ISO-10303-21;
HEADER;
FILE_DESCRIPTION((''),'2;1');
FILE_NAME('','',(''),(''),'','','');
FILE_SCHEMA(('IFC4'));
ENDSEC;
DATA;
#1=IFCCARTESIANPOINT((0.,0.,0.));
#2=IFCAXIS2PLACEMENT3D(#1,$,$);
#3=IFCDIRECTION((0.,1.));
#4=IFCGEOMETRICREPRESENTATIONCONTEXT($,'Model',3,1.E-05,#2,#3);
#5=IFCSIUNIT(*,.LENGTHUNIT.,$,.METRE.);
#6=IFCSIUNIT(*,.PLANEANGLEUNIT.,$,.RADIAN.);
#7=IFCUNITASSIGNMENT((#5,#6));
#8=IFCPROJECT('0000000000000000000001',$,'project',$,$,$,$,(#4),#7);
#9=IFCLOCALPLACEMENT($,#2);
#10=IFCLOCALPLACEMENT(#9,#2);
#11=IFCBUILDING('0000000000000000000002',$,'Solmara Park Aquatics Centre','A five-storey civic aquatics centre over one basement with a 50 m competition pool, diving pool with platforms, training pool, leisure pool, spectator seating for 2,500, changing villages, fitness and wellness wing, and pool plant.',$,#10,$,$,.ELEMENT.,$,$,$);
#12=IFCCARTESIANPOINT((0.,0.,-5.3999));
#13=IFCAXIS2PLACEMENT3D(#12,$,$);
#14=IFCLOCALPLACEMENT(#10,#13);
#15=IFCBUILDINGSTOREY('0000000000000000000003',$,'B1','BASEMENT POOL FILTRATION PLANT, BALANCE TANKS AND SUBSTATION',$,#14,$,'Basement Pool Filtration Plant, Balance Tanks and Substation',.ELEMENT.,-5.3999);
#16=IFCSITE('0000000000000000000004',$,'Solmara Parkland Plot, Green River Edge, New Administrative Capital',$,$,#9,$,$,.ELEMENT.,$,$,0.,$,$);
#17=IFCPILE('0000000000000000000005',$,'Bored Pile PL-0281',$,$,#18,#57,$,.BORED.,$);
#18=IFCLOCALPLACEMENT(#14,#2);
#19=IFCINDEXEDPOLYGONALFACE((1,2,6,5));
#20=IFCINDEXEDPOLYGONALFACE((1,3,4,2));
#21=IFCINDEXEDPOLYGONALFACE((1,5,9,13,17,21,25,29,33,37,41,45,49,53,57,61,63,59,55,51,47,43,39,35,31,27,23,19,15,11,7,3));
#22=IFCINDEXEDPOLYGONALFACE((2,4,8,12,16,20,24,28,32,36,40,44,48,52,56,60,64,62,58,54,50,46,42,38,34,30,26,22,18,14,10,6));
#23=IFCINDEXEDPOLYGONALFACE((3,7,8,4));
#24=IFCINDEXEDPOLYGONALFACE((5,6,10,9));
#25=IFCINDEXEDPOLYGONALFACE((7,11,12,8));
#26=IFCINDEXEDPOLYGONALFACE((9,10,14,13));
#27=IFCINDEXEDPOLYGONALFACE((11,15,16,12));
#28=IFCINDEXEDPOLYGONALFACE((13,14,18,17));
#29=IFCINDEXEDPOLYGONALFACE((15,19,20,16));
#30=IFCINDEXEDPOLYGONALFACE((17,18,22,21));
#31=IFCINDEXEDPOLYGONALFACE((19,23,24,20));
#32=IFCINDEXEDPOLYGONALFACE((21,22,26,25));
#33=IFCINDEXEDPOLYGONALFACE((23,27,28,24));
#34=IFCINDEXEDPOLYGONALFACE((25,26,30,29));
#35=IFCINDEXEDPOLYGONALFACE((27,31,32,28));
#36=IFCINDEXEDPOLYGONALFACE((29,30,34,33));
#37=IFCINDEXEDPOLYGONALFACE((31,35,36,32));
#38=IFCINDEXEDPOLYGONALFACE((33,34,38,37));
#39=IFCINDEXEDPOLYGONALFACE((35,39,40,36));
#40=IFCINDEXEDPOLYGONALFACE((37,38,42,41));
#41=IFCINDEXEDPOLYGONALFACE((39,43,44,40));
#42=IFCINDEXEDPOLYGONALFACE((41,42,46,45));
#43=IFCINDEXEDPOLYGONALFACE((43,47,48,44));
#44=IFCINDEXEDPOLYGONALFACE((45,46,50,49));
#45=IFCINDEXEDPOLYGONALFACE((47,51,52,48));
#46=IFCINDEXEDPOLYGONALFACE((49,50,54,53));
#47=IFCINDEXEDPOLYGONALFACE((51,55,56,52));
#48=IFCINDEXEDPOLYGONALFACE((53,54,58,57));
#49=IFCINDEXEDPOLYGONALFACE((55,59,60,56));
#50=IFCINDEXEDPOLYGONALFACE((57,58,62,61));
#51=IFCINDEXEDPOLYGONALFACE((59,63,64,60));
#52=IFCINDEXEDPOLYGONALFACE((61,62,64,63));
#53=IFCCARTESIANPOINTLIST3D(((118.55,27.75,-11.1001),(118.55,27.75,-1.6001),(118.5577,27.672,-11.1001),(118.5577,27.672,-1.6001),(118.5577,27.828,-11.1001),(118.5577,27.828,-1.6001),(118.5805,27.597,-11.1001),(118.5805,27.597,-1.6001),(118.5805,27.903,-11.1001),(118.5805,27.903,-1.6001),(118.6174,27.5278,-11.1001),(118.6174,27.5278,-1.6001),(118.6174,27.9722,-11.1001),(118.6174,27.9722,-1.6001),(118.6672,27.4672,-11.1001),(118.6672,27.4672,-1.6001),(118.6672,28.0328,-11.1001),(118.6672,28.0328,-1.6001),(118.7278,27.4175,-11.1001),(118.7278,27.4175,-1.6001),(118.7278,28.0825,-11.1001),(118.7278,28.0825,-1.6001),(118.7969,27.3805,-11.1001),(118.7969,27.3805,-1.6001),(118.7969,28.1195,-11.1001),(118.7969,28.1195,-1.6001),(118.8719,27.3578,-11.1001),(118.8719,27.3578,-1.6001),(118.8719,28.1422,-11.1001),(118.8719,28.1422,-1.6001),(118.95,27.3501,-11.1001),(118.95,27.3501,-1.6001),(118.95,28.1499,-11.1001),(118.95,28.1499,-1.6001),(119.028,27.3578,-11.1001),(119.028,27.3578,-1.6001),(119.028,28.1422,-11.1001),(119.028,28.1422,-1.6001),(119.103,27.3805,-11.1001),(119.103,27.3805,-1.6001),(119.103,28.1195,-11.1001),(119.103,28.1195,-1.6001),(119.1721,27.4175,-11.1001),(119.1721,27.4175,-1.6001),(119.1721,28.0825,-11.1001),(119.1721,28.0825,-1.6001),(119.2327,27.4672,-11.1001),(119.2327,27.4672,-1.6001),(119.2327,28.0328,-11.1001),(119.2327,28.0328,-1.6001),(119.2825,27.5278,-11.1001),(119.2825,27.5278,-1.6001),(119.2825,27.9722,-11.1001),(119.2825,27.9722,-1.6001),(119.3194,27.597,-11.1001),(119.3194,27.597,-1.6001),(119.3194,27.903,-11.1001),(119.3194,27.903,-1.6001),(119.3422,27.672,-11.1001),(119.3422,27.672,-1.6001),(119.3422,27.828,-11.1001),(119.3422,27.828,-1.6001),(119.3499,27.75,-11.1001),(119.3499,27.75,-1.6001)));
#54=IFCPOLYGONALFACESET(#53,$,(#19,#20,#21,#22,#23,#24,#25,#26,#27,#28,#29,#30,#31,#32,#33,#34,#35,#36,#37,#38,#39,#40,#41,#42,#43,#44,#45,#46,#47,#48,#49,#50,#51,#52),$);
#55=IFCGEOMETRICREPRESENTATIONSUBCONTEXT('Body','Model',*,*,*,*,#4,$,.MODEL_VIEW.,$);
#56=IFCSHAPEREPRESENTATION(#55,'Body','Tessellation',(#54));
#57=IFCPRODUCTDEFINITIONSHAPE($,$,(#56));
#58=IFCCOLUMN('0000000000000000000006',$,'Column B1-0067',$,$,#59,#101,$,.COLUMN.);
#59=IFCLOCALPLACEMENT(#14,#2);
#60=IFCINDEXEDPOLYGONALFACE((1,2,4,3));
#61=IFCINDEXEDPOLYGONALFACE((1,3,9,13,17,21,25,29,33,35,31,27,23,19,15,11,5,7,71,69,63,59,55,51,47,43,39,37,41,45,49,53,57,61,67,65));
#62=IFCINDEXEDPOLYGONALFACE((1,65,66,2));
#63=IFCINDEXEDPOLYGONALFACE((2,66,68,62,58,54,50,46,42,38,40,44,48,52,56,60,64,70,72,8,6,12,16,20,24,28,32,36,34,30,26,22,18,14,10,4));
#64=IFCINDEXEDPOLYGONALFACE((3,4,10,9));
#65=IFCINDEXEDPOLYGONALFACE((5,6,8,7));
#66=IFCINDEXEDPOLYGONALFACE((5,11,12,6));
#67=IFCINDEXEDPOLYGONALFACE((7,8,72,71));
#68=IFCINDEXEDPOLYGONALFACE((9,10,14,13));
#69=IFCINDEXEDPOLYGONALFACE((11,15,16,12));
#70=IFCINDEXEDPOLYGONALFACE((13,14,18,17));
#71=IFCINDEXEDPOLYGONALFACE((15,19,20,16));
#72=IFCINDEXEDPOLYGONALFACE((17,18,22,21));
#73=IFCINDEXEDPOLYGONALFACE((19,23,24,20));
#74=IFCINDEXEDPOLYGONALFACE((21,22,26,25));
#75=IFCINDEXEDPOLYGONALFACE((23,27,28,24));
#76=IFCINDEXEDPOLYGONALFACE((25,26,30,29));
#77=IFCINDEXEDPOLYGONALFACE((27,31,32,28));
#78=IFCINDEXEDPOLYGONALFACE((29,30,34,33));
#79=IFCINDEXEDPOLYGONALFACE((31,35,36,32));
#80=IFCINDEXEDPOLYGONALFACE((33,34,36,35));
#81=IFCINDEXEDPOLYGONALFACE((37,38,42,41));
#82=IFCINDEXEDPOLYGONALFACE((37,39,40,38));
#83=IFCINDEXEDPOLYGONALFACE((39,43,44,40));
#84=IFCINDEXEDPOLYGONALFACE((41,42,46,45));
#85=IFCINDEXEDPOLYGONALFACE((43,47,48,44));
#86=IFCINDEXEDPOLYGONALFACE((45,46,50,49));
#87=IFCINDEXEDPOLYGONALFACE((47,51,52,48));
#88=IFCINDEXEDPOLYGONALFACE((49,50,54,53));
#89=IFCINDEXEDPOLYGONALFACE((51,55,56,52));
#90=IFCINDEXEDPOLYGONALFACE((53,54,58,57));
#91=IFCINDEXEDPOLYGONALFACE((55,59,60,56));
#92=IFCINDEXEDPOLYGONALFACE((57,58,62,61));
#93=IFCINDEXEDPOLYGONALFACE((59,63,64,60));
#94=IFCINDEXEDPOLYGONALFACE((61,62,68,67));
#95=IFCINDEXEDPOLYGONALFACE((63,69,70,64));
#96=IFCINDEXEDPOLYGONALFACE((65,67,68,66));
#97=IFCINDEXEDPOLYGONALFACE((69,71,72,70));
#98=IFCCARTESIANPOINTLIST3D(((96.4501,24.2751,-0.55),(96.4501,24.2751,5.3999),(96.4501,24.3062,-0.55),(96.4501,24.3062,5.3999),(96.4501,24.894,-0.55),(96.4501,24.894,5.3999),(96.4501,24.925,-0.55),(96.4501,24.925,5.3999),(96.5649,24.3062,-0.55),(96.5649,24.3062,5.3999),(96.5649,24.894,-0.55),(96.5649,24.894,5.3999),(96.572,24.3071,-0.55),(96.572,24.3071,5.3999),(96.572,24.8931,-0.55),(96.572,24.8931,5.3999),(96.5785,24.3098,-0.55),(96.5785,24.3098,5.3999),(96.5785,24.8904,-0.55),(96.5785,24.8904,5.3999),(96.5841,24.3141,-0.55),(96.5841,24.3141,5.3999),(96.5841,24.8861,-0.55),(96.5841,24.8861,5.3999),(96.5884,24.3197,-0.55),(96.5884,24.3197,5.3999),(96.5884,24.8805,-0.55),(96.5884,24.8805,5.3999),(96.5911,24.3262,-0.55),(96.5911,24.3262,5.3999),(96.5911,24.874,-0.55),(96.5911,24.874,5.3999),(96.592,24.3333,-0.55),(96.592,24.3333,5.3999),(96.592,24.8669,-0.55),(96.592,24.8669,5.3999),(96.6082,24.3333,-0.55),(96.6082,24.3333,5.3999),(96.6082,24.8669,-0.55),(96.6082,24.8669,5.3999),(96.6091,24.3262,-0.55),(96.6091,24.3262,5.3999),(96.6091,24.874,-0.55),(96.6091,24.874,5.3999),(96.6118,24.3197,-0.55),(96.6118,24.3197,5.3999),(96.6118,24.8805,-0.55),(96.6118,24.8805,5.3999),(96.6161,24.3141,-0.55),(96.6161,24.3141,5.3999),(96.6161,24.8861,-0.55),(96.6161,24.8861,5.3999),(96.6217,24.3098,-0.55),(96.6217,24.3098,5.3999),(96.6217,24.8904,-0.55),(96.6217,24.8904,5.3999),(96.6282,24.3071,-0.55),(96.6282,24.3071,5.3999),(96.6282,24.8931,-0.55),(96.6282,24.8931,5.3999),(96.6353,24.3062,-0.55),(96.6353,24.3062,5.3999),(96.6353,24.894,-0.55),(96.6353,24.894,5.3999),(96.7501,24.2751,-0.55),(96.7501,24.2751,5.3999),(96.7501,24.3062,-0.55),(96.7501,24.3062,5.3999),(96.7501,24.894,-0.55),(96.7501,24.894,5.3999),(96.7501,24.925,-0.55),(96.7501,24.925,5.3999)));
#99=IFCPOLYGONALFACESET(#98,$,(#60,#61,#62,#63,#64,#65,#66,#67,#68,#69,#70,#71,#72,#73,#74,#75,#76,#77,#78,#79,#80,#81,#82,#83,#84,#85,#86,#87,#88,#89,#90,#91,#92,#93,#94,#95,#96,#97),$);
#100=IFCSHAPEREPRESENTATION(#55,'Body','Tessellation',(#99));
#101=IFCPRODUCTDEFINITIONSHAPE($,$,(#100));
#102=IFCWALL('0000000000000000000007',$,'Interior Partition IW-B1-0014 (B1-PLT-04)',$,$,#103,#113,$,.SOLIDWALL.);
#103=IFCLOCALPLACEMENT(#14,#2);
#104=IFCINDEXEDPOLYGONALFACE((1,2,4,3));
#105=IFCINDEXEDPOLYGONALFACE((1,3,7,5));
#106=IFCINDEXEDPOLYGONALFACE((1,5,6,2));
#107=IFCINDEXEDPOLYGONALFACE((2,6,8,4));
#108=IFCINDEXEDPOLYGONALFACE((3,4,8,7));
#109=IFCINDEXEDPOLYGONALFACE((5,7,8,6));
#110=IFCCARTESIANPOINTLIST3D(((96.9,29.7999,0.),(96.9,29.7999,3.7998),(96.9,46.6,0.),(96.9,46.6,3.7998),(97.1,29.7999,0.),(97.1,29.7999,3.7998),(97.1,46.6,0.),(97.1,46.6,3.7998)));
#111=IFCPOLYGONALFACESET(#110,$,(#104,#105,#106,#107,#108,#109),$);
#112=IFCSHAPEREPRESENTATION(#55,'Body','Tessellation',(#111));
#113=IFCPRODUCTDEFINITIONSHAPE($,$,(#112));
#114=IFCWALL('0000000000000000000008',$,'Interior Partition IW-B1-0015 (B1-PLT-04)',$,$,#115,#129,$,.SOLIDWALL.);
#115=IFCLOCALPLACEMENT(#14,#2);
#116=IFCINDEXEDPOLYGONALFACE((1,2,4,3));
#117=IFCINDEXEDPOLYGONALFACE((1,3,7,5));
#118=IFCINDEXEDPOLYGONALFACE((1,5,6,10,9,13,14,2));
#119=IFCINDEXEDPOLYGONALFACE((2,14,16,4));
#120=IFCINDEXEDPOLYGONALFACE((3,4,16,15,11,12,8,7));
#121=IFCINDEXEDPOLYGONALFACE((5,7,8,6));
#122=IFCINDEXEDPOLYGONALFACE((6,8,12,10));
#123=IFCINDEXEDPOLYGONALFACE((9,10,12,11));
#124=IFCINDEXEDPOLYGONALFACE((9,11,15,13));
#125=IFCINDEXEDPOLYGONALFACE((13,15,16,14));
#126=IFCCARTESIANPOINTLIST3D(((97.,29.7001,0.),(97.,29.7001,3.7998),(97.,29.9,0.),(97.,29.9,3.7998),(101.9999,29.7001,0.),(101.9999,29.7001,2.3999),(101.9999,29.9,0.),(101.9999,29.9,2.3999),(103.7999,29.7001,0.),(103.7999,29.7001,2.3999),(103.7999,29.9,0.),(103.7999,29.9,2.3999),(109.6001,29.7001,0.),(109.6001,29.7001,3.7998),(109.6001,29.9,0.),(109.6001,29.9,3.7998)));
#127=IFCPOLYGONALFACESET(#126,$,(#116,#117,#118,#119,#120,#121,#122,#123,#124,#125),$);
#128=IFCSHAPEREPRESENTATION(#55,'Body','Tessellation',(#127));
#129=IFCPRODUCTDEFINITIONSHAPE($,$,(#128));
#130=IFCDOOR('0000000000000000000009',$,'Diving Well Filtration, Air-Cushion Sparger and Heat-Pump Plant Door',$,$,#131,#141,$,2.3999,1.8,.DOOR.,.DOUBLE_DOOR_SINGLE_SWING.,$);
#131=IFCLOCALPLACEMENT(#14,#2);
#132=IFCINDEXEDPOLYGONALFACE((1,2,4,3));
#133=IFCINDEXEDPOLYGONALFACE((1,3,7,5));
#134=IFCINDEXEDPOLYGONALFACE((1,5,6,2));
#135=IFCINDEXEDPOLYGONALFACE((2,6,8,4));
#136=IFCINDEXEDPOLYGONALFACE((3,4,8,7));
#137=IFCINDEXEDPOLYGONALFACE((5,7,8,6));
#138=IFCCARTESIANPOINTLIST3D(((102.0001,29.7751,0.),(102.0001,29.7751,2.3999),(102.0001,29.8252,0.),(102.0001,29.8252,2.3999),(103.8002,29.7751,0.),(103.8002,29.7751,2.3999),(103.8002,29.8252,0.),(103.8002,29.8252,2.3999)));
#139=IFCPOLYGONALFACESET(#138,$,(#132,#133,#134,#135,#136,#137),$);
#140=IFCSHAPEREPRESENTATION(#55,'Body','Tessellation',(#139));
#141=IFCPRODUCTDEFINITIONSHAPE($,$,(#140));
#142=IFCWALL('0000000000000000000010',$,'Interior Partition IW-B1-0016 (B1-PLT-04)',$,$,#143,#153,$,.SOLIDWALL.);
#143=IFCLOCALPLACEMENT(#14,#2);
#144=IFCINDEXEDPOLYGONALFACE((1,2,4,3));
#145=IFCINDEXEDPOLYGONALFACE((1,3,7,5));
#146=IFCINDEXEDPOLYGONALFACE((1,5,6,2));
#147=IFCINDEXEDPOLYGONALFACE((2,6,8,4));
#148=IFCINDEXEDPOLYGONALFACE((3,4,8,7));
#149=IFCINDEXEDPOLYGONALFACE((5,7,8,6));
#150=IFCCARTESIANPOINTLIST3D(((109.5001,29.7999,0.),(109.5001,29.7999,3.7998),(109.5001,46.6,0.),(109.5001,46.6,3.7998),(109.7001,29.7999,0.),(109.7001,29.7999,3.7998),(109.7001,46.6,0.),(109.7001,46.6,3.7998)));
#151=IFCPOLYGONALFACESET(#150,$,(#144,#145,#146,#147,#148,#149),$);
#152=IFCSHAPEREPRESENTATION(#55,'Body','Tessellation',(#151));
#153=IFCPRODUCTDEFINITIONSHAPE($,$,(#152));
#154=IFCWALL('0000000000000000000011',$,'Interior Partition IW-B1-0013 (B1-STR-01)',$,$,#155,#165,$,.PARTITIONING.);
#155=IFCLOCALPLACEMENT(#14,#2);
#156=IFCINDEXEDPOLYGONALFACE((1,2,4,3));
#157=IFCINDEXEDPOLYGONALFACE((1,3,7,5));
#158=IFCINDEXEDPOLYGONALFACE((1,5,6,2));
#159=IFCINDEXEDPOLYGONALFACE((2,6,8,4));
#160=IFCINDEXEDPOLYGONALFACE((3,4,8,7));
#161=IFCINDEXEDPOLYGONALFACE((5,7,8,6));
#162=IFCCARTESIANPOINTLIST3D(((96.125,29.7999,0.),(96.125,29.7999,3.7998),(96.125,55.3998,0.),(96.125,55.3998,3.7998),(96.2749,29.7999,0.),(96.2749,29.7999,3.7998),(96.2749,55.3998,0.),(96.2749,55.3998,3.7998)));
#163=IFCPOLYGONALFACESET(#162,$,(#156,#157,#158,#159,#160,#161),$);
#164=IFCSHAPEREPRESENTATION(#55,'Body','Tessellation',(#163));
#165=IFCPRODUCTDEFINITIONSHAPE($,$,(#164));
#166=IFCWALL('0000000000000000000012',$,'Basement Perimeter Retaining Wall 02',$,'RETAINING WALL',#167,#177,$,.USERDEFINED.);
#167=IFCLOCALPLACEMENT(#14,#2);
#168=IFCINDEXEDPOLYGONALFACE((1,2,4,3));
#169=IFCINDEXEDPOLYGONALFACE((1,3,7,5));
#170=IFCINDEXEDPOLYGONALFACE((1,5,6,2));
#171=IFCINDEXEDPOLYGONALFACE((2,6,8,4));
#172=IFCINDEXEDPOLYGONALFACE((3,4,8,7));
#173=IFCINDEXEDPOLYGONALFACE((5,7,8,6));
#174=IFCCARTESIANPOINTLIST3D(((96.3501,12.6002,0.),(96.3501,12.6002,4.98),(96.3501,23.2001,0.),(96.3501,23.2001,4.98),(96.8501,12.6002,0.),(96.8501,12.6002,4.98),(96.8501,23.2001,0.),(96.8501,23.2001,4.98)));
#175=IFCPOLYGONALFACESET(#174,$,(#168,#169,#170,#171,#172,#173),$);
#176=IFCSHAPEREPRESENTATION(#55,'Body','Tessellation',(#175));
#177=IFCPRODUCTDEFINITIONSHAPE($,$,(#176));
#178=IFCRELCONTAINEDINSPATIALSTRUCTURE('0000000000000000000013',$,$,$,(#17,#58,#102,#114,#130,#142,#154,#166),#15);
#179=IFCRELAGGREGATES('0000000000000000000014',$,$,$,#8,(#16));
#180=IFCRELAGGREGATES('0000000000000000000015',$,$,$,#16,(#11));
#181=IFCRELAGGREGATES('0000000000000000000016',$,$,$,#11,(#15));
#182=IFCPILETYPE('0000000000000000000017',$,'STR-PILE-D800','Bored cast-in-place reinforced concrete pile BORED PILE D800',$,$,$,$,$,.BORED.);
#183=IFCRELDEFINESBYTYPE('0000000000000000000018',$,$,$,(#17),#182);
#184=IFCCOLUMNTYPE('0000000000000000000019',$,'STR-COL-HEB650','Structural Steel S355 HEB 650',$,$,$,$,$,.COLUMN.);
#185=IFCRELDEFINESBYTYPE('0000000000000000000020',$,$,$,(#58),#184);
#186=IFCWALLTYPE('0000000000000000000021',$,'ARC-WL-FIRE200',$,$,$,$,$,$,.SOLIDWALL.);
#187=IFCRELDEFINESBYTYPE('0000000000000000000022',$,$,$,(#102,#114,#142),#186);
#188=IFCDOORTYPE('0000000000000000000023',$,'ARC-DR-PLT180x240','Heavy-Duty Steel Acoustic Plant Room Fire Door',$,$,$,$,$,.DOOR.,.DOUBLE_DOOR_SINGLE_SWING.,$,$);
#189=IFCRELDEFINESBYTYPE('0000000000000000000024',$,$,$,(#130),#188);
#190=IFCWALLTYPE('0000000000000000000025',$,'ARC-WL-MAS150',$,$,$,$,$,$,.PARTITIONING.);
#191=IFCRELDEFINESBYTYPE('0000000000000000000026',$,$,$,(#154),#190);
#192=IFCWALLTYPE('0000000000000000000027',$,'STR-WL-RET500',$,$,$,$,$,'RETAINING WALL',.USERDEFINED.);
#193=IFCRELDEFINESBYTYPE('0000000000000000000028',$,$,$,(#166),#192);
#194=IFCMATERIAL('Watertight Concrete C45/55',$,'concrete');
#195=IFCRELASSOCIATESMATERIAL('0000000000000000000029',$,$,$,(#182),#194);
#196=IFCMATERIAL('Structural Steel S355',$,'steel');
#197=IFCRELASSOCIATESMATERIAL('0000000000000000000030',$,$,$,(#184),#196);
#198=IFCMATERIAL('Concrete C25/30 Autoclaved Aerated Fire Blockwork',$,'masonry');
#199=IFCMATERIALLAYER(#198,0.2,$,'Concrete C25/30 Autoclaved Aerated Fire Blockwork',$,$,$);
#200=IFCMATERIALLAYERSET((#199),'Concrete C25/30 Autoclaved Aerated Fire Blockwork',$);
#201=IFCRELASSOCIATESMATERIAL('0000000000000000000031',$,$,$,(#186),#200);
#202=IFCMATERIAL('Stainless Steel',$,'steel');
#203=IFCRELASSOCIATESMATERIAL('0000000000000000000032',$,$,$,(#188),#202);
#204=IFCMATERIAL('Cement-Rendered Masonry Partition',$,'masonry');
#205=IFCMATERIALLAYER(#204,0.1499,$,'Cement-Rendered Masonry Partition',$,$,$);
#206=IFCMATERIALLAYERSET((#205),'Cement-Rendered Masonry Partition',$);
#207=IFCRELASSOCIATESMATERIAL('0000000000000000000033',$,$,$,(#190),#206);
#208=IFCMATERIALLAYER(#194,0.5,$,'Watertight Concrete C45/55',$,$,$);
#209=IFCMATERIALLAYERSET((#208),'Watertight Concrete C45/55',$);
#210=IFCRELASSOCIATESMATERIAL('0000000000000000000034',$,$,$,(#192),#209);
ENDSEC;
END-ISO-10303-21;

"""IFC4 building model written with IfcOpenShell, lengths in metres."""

from ifc_helpers import new_model, si_unit, direction, frame, frame_2d, origin, origin_2d, place, context, subcontext, project, spatial, rectangle, circle, i_section, extrude, material, layer, layer_set, material_profile, profile_set, type_object, element, fill, save


model = new_model("IFC4")

# Units and contexts
model_context = context("Model", 3, precision=1e-05, world=origin(), true_north=direction((0.0, 1.0)))
body_context = subcontext(model_context, "Body", "Model", "MODEL_VIEW")
ifc_project = project(units=[si_unit("LENGTHUNIT", "METRE"), si_unit("PLANEANGLEUNIT", "RADIAN")], contexts=[model_context])

# Site, building, storey
site_placement = place(None, origin())
site = spatial("IfcSite", under=ifc_project, at=site_placement, Name="Solmara Parkland Plot, Green River Edge, New Administrative Capital", CompositionType="ELEMENT", RefElevation=0.0)
building_placement = place(site_placement, origin())
building = spatial("IfcBuilding", under=site, at=building_placement, Name="Solmara Park Aquatics Centre", Description="A five-storey civic aquatics centre over one basement with a 50 m competition pool, diving pool with platforms, training pool, leisure pool, spectator seating for 2,500, changing villages, fitness and wellness wing, and pool plant.", CompositionType="ELEMENT")
storey_placement = place(building_placement, frame((0.0, 0.0, -5.3999)))
storey = spatial("IfcBuildingStorey", under=building, at=storey_placement, Name="B1", Description="BASEMENT POOL FILTRATION PLANT, BALANCE TANKS AND SUBSTATION", LongName="Basement Pool Filtration Plant, Balance Tanks and Substation", CompositionType="ELEMENT", Elevation=-5.3999)

# Shared definitions
ifc_material_1 = material(Name="Watertight Concrete C45/55", Category="concrete")

# Pile
ifc_material_profile_1 = material_profile(ifc_material_1, circle(Radius=0.3999, at=origin_2d()), Name="BORED PILE D800")
ifc_profile_set_1 = profile_set([ifc_material_profile_1], Name="Watertight Concrete C45/55")
pile_type_1 = type_object("IfcPileType", Name="STR-PILE-D800", Description="Bored cast-in-place reinforced concrete pile BORED PILE D800", PredefinedType="BORED", material=ifc_profile_set_1)
pile_1_placement = place(storey_placement, frame((118.95, 27.75, -1.6001), z_axis=(0.0, 0.0, -1.0), x_axis=(1.0, 0.0, 0.0)))
element("IfcPile", 1, at=pile_1_placement, inside=storey, type_object=pile_type_1, Name="Bored Pile PL-0281", PredefinedType="BORED", context=body_context, shape_type="SweptSolid", body=[
    extrude(circle(Radius=0.3999, at=origin_2d()), origin(), (0.0, 0.0, 1.0), 9.5),
])

# Column
ifc_material_2 = material(Name="Structural Steel S355", Category="steel")
ifc_material_profile_2 = material_profile(ifc_material_2, i_section(OverallWidth=0.3, OverallDepth=0.6499, WebThickness=0.0161, FlangeThickness=0.031, FilletRadius=0.0271, at=origin_2d()), Name="HEB 650")
ifc_profile_set_2 = profile_set([ifc_material_profile_2], Name="Structural Steel S355")
column_type = type_object("IfcColumnType", Name="STR-COL-HEB650", Description="Structural Steel S355 HEB 650", PredefinedType="COLUMN", material=ifc_profile_set_2)
column_placement = place(storey_placement, frame((96.6001, 24.6001, -0.55), z_axis=(0.0, 0.0, 1.0), x_axis=(1.0, 0.0, 0.0)))
element("IfcColumn", 2, at=column_placement, inside=storey, type_object=column_type, Name="Column B1-0067", PredefinedType="COLUMN", context=body_context, shape_type="SweptSolid", body=[
    extrude(i_section(OverallWidth=0.3, OverallDepth=0.6499, WebThickness=0.0161, FlangeThickness=0.031, FilletRadius=0.0271, at=origin_2d()), origin(), (0.0, 0.0, 1.0), 5.95),
])

# Wall
ifc_material_3 = material(Name="Concrete C25/30 Autoclaved Aerated Fire Blockwork", Category="masonry")
ifc_layer_1 = layer(ifc_material_3, 0.2, Name="Concrete C25/30 Autoclaved Aerated Fire Blockwork")
ifc_layer_set_1 = layer_set([ifc_layer_1], Name="Concrete C25/30 Autoclaved Aerated Fire Blockwork")
wall_type_1 = type_object("IfcWallType", Name="ARC-WL-FIRE200", PredefinedType="SOLIDWALL", material=ifc_layer_set_1)
wall_1_placement = place(storey_placement, frame((97.0, 29.8, 0.0), z_axis=(0.0, 0.0, 1.0), x_axis=(0.0, 1.0, 0.0)))
element("IfcWall", 3, at=wall_1_placement, inside=storey, type_object=wall_type_1, Name="Interior Partition IW-B1-0014 (B1-PLT-04)", PredefinedType="SOLIDWALL", context=body_context, shape_type="SweptSolid", body=[
    extrude(rectangle(XDim=16.8, YDim=0.2, at=frame_2d((8.3999, 0.0))), origin(), (0.0, 0.0, 1.0), 3.7998),
])

# Wall, opening, door
wall_2_placement = place(storey_placement, frame((97.0, 29.8, 0.0), z_axis=(0.0, 0.0, 1.0), x_axis=(1.0, 0.0, 0.0)))
wall_2 = element("IfcWall", 4, at=wall_2_placement, inside=storey, type_object=wall_type_1, Name="Interior Partition IW-B1-0015 (B1-PLT-04)", PredefinedType="SOLIDWALL", context=body_context, shape_type="SweptSolid", body=[
    extrude(rectangle(XDim=12.6001, YDim=0.2, at=frame_2d((6.3, 0.0))), origin(), (0.0, 0.0, 1.0), 3.7998),
])
opening_placement = place(wall_2_placement, frame((5.0, 0.0, 0.0)))
opening = element("IfcOpeningElement", 5, at=opening_placement, cuts=wall_2, PredefinedType="OPENING", context=body_context, shape_type="SweptSolid", body=[
    extrude(rectangle(XDim=1.8, YDim=2.3999, at=frame_2d((0.8999, 1.2))), frame((0.0, 0.1099, 0.0), z_axis=(0.0, -1.0, 0.0), x_axis=(1.0, 0.0, 0.0)), (0.0, 0.0, 1.0), 0.22),
])
ifc_material_4 = material(Name="Stainless Steel", Category="steel")
door_type = type_object("IfcDoorType", Name="ARC-DR-PLT180x240", Description="Heavy-Duty Steel Acoustic Plant Room Fire Door", OperationType="DOUBLE_DOOR_SINGLE_SWING", PredefinedType="DOOR", material=ifc_material_4)
door_placement = place(opening_placement, frame((1.8, 0.0, 0.0), z_axis=(0.0, 0.0, 1.0), x_axis=(-1.0, 0.0, 0.0)))
door = element("IfcDoor", 6, at=door_placement, inside=storey, type_object=door_type, Name="Diving Well Filtration, Air-Cushion Sparger and Heat-Pump Plant Door", OperationType="DOUBLE_DOOR_SINGLE_SWING", OverallHeight=2.3999, OverallWidth=1.8, PredefinedType="DOOR", context=body_context, shape_type="SweptSolid", body=[
    extrude(rectangle(XDim=1.8, YDim=2.3999, at=frame_2d((0.8999, 1.2))), frame((0.0, 0.0249, 0.0), z_axis=(0.0, -1.0, 0.0), x_axis=(1.0, 0.0, 0.0)), (0.0, 0.0, 1.0), 0.05),
])
fill(opening, door)

# Walls
wall_3_placement = place(storey_placement, frame((109.6001, 29.8, 0.0), z_axis=(0.0, 0.0, 1.0), x_axis=(0.0, 1.0, 0.0)))
element("IfcWall", 7, at=wall_3_placement, inside=storey, type_object=wall_type_1, Name="Interior Partition IW-B1-0016 (B1-PLT-04)", PredefinedType="SOLIDWALL", context=body_context, shape_type="SweptSolid", body=[
    extrude(rectangle(XDim=16.8, YDim=0.2, at=frame_2d((8.3999, 0.0))), origin(), (0.0, 0.0, 1.0), 3.7998),
])
ifc_material_5 = material(Name="Cement-Rendered Masonry Partition", Category="masonry")
ifc_layer_2 = layer(ifc_material_5, 0.1499, Name="Cement-Rendered Masonry Partition")
ifc_layer_set_2 = layer_set([ifc_layer_2], Name="Cement-Rendered Masonry Partition")
wall_type_2 = type_object("IfcWallType", Name="ARC-WL-MAS150", PredefinedType="PARTITIONING", material=ifc_layer_set_2)
wall_4_placement = place(storey_placement, frame((96.2, 29.8, 0.0), z_axis=(0.0, 0.0, 1.0), x_axis=(0.0, 1.0, 0.0)))
element("IfcWall", 8, at=wall_4_placement, inside=storey, type_object=wall_type_2, Name="Interior Partition IW-B1-0013 (B1-STR-01)", PredefinedType="PARTITIONING", context=body_context, shape_type="SweptSolid", body=[
    extrude(rectangle(XDim=25.5999, YDim=0.1499, at=frame_2d((12.7998, 0.0))), origin(), (0.0, 0.0, 1.0), 3.7998),
])
ifc_layer_3 = layer(ifc_material_1, 0.5, Name="Watertight Concrete C45/55")
ifc_layer_set_3 = layer_set([ifc_layer_3], Name="Watertight Concrete C45/55")
wall_type_3 = type_object("IfcWallType", Name="STR-WL-RET500", ElementType="RETAINING WALL", PredefinedType="USERDEFINED", material=ifc_layer_set_3)
wall_5_placement = place(storey_placement, frame((96.6001, 23.2, 0.0), z_axis=(0.0, 0.0, 1.0), x_axis=(0.0, -1.0, 0.0)))
element("IfcWall", 9, at=wall_5_placement, inside=storey, type_object=wall_type_3, Name="Basement Perimeter Retaining Wall 02", ObjectType="RETAINING WALL", PredefinedType="USERDEFINED", context=body_context, shape_type="SweptSolid", body=[
    extrude(rectangle(XDim=10.5999, YDim=0.5, at=frame_2d((5.2998, 0.0))), origin(), (0.0, 0.0, 1.0), 4.98),
])

save(model, "model.ifc")
